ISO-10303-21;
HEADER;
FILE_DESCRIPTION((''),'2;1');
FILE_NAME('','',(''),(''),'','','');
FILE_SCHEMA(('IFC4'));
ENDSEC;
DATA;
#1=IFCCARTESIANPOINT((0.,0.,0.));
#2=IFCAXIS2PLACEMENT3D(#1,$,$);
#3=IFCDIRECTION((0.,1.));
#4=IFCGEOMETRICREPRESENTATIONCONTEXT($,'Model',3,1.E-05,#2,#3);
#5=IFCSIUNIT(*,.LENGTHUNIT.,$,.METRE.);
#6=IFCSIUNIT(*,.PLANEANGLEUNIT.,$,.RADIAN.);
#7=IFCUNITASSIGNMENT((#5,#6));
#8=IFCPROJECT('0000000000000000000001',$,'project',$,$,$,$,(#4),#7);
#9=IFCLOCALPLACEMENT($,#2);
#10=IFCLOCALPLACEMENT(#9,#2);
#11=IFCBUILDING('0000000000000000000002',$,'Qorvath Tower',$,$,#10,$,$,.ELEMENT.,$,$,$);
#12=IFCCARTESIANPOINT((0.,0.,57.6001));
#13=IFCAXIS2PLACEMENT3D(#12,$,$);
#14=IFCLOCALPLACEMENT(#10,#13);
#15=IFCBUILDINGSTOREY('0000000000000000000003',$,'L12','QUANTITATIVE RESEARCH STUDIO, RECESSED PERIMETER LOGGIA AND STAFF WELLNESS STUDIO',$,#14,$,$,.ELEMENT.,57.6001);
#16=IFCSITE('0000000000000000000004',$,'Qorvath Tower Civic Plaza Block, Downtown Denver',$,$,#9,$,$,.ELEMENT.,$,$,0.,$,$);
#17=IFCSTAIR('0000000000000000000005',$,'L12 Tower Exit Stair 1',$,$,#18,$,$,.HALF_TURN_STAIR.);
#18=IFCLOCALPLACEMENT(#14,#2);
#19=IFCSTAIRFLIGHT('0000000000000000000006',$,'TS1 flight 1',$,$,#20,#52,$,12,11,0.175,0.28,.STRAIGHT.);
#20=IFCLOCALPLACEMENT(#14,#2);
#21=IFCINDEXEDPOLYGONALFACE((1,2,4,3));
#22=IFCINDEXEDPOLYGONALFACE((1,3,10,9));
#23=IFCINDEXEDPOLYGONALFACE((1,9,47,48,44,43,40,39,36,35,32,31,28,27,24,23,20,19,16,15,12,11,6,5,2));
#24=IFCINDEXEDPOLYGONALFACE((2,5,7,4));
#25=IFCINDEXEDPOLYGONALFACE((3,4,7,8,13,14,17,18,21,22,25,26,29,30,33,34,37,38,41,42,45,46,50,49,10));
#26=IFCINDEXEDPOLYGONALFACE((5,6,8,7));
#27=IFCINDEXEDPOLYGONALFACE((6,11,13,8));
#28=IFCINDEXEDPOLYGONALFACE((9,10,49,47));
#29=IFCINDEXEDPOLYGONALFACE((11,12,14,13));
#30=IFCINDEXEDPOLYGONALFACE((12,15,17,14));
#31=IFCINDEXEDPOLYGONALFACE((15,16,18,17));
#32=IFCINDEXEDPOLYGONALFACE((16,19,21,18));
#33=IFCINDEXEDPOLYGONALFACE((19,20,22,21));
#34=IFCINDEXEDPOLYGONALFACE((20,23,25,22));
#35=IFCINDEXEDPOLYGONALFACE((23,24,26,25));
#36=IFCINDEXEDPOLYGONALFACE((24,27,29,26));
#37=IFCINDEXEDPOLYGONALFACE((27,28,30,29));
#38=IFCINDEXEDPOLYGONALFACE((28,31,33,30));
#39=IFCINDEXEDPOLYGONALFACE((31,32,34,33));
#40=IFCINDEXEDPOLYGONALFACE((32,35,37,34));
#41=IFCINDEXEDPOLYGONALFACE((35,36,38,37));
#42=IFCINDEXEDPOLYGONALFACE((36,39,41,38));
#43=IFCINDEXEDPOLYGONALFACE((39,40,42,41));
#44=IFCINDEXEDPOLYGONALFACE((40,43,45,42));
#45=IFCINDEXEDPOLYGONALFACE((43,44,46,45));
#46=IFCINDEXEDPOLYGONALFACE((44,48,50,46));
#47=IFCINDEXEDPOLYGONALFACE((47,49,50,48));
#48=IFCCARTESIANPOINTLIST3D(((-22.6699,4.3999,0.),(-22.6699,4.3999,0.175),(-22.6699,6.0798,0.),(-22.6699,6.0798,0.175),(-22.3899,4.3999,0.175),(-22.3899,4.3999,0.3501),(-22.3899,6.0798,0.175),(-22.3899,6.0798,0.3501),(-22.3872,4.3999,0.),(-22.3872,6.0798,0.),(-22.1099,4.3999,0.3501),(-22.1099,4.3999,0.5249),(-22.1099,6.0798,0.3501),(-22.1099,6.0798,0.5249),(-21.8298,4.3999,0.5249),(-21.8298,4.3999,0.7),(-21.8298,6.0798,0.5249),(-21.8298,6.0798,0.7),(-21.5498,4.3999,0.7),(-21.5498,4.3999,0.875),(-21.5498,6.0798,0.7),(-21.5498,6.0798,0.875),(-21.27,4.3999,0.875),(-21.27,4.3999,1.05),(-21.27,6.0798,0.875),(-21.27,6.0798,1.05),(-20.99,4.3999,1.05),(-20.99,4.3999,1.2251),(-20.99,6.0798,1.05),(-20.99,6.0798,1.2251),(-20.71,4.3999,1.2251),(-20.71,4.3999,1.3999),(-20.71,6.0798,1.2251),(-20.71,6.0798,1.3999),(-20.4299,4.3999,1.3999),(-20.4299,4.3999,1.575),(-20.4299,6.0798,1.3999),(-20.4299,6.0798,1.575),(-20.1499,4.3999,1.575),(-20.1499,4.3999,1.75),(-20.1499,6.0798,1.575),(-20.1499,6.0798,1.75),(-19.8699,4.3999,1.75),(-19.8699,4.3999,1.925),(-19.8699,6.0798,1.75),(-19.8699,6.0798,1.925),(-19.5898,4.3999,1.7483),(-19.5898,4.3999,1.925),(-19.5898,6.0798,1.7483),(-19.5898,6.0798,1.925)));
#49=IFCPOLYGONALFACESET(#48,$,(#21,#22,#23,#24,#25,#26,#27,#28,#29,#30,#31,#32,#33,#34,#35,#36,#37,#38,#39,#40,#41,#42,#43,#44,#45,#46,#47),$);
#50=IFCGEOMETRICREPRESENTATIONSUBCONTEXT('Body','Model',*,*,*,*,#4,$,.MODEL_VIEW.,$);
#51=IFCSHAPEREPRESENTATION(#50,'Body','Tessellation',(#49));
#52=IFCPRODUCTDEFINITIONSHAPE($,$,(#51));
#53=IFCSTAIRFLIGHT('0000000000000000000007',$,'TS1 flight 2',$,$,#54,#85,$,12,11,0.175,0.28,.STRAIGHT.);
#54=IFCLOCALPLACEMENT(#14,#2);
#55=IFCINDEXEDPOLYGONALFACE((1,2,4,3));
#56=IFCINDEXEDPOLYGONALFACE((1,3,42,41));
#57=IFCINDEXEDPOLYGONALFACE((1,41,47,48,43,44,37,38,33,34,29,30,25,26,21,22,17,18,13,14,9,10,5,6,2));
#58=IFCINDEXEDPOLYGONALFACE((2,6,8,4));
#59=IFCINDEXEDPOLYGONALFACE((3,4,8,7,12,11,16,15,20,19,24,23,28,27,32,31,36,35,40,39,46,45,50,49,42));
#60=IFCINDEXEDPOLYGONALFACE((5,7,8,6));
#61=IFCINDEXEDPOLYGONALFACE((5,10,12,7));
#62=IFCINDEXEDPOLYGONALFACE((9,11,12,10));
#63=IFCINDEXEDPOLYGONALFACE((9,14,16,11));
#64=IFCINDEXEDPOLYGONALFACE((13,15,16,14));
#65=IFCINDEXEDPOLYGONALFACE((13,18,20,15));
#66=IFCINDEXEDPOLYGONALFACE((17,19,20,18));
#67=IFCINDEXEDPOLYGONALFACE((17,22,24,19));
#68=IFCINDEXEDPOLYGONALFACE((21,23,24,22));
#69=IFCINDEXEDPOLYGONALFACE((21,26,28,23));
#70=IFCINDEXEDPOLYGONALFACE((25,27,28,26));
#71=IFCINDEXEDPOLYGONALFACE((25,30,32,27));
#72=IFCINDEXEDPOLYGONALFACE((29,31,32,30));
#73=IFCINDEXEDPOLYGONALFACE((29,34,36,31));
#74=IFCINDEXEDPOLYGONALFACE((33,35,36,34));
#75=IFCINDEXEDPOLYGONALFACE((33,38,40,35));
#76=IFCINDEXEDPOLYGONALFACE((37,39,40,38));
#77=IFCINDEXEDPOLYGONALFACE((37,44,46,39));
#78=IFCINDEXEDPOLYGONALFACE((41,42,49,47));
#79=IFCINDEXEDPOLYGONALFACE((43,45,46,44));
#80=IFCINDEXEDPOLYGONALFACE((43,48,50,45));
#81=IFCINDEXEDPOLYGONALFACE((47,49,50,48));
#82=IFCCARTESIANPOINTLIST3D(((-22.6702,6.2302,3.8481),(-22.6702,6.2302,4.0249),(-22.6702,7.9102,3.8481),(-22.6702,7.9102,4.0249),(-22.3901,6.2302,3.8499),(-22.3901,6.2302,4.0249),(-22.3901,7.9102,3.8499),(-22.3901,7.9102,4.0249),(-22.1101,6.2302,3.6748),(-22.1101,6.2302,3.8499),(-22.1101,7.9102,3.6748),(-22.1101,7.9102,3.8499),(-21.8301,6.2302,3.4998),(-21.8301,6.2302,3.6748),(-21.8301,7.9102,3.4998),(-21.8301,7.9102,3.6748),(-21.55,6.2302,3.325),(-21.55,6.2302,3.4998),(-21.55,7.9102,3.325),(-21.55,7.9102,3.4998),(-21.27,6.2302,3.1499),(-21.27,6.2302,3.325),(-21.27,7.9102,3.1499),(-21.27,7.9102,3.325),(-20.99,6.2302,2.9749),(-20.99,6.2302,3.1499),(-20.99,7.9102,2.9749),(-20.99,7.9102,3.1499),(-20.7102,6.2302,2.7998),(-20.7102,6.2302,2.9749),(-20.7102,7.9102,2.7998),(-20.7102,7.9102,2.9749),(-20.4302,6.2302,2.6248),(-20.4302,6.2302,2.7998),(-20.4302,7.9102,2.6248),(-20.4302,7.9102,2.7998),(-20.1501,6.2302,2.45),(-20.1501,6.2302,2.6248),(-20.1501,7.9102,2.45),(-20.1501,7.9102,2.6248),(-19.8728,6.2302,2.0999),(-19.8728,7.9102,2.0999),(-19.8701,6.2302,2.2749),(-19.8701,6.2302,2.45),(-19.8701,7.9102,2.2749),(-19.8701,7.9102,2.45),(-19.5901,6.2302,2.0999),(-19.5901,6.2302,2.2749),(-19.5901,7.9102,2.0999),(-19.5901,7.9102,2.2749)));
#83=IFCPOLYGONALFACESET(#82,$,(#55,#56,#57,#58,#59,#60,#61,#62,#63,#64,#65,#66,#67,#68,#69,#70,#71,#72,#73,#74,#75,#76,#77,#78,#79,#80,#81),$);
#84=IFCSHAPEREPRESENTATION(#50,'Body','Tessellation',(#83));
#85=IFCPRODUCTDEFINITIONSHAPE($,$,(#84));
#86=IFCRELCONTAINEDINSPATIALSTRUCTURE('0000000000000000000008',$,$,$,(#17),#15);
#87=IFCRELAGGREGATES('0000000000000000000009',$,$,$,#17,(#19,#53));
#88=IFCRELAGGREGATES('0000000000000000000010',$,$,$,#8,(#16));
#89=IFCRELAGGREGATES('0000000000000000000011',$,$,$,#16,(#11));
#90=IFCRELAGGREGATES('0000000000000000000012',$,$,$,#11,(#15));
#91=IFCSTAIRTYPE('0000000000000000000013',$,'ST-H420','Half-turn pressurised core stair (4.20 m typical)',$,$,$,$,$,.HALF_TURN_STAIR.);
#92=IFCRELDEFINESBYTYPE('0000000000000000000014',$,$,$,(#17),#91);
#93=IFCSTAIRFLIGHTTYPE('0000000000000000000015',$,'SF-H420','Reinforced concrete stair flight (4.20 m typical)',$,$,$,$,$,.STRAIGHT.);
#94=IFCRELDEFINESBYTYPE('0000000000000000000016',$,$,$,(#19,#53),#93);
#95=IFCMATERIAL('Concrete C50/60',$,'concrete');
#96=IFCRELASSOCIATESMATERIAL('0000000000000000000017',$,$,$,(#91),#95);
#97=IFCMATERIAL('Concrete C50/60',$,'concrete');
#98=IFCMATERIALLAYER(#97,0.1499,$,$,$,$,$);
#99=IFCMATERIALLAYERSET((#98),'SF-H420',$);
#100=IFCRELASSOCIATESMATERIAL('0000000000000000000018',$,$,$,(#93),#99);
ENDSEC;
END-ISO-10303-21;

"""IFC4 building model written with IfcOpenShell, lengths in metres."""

from ifc_helpers import new_model, si_unit, direction, frame, origin, place, context, subcontext, project, spatial, polyline, outline, extrude, material, layer, layer_set, type_object, element, aggregate, save


model = new_model("IFC4")

# Units and contexts
model_context = context("Model", 3, precision=1e-05, world=origin(), true_north=direction((0.0, 1.0)))
body_context = subcontext(model_context, "Body", "Model", "MODEL_VIEW")
ifc_project = project(units=[si_unit("LENGTHUNIT", "METRE"), si_unit("PLANEANGLEUNIT", "RADIAN")], contexts=[model_context])

# Site, building, storey
site_placement = place(None, origin())
site = spatial("IfcSite", under=ifc_project, at=site_placement, Name="Qorvath Tower Civic Plaza Block, Downtown Denver", CompositionType="ELEMENT", RefElevation=0.0)
building_placement = place(site_placement, origin())
building = spatial("IfcBuilding", under=site, at=building_placement, Name="Qorvath Tower", CompositionType="ELEMENT")
storey_placement = place(building_placement, frame((0.0, 0.0, 57.6001)))
storey = spatial("IfcBuildingStorey", under=building, at=storey_placement, Name="L12", Description="QUANTITATIVE RESEARCH STUDIO, RECESSED PERIMETER LOGGIA AND STAFF WELLNESS STUDIO", CompositionType="ELEMENT", Elevation=57.6001)

# Stair, stair flights
ifc_material_1 = material(Name="Concrete C50/60", Category="concrete")
stair_type = type_object("IfcStairType", Name="ST-H420", Description="Half-turn pressurised core stair (4.20 m typical)", PredefinedType="HALF_TURN_STAIR", material=ifc_material_1)
stair_placement = place(storey_placement, origin())
stair = element("IfcStair", 1, at=stair_placement, inside=storey, type_object=stair_type, Name="L12 Tower Exit Stair 1", PredefinedType="HALF_TURN_STAIR")
ifc_material_2 = material(Name="Concrete C50/60", Category="concrete")
ifc_layer_1 = layer(ifc_material_2, 0.1499)
ifc_layer_set_1 = layer_set([ifc_layer_1], Name="SF-H420")
stair_flight_type = type_object("IfcStairFlightType", Name="SF-H420", Description="Reinforced concrete stair flight (4.20 m typical)", PredefinedType="STRAIGHT", material=ifc_layer_set_1)
stair_flight_1_placement = place(storey_placement, frame((-22.6699, 5.24, 0.0), z_axis=(0.0, 0.0, 1.0), x_axis=(1.0, 0.0, 0.0)))
stair_flight_1 = element("IfcStairFlight", 2, at=stair_flight_1_placement, type_object=stair_flight_type, Name="TS1 flight 1", NumberOfRisers=12, NumberOfTreads=11, PredefinedType="STRAIGHT", RiserHeight=0.175, TreadLength=0.28, context=body_context, shape_type="SweptSolid", body=[
    extrude(outline(polyline([(0.0, 0.0), (0.0, 0.175), (0.28, 0.175), (0.28, 0.3501), (0.5601, 0.3501), (0.5601, 0.5249), (0.8401, 0.5249), (0.8401, 0.7), (1.1201, 0.7), (1.1201, 0.875), (1.3999, 0.875), (1.3999, 1.05), (1.6799, 1.05), (1.6799, 1.2251), (1.96, 1.2251), (1.96, 1.3999), (2.24, 1.3999), (2.24, 1.575), (2.52, 1.575), (2.52, 1.75), (2.8, 1.75), (2.8, 1.925), (3.0801, 1.925), (3.0801, 2.1001), (3.0801, 1.7483), (0.2827, 0.0), (0.0, 0.0)])), frame((0.0, 0.8398, 0.0), z_axis=(0.0, -1.0, 0.0), x_axis=(1.0, 0.0, 0.0)), (0.0, 0.0, 1.0), 1.6799),
])
stair_flight_2_placement = place(storey_placement, frame((-19.5901, 7.0701, 2.0999), z_axis=(0.0, 0.0, 1.0), x_axis=(-1.0, 0.0, 0.0)))
stair_flight_2 = element("IfcStairFlight", 3, at=stair_flight_2_placement, type_object=stair_flight_type, Name="TS1 flight 2", NumberOfRisers=12, NumberOfTreads=11, PredefinedType="STRAIGHT", RiserHeight=0.175, TreadLength=0.28, context=body_context, shape_type="SweptSolid", body=[
    extrude(outline(polyline([(0.0, 0.0), (0.0, 0.175), (0.28, 0.175), (0.28, 0.3501), (0.5601, 0.3501), (0.5601, 0.5249), (0.8401, 0.5249), (0.8401, 0.7), (1.1201, 0.7), (1.1201, 0.875), (1.3999, 0.875), (1.3999, 1.05), (1.6799, 1.05), (1.6799, 1.2251), (1.96, 1.2251), (1.96, 1.3999), (2.24, 1.3999), (2.24, 1.575), (2.52, 1.575), (2.52, 1.75), (2.8, 1.75), (2.8, 1.925), (3.0801, 1.925), (3.0801, 2.1001), (3.0801, 1.7483), (0.2827, 0.0), (0.0, 0.0)])), frame((0.0, 0.8398, 0.0), z_axis=(0.0, -1.0, 0.0), x_axis=(1.0, 0.0, 0.0)), (0.0, 0.0, 1.0), 1.6799),
])
aggregate(stair, [stair_flight_1, stair_flight_2])

save(model, "model.ifc")
